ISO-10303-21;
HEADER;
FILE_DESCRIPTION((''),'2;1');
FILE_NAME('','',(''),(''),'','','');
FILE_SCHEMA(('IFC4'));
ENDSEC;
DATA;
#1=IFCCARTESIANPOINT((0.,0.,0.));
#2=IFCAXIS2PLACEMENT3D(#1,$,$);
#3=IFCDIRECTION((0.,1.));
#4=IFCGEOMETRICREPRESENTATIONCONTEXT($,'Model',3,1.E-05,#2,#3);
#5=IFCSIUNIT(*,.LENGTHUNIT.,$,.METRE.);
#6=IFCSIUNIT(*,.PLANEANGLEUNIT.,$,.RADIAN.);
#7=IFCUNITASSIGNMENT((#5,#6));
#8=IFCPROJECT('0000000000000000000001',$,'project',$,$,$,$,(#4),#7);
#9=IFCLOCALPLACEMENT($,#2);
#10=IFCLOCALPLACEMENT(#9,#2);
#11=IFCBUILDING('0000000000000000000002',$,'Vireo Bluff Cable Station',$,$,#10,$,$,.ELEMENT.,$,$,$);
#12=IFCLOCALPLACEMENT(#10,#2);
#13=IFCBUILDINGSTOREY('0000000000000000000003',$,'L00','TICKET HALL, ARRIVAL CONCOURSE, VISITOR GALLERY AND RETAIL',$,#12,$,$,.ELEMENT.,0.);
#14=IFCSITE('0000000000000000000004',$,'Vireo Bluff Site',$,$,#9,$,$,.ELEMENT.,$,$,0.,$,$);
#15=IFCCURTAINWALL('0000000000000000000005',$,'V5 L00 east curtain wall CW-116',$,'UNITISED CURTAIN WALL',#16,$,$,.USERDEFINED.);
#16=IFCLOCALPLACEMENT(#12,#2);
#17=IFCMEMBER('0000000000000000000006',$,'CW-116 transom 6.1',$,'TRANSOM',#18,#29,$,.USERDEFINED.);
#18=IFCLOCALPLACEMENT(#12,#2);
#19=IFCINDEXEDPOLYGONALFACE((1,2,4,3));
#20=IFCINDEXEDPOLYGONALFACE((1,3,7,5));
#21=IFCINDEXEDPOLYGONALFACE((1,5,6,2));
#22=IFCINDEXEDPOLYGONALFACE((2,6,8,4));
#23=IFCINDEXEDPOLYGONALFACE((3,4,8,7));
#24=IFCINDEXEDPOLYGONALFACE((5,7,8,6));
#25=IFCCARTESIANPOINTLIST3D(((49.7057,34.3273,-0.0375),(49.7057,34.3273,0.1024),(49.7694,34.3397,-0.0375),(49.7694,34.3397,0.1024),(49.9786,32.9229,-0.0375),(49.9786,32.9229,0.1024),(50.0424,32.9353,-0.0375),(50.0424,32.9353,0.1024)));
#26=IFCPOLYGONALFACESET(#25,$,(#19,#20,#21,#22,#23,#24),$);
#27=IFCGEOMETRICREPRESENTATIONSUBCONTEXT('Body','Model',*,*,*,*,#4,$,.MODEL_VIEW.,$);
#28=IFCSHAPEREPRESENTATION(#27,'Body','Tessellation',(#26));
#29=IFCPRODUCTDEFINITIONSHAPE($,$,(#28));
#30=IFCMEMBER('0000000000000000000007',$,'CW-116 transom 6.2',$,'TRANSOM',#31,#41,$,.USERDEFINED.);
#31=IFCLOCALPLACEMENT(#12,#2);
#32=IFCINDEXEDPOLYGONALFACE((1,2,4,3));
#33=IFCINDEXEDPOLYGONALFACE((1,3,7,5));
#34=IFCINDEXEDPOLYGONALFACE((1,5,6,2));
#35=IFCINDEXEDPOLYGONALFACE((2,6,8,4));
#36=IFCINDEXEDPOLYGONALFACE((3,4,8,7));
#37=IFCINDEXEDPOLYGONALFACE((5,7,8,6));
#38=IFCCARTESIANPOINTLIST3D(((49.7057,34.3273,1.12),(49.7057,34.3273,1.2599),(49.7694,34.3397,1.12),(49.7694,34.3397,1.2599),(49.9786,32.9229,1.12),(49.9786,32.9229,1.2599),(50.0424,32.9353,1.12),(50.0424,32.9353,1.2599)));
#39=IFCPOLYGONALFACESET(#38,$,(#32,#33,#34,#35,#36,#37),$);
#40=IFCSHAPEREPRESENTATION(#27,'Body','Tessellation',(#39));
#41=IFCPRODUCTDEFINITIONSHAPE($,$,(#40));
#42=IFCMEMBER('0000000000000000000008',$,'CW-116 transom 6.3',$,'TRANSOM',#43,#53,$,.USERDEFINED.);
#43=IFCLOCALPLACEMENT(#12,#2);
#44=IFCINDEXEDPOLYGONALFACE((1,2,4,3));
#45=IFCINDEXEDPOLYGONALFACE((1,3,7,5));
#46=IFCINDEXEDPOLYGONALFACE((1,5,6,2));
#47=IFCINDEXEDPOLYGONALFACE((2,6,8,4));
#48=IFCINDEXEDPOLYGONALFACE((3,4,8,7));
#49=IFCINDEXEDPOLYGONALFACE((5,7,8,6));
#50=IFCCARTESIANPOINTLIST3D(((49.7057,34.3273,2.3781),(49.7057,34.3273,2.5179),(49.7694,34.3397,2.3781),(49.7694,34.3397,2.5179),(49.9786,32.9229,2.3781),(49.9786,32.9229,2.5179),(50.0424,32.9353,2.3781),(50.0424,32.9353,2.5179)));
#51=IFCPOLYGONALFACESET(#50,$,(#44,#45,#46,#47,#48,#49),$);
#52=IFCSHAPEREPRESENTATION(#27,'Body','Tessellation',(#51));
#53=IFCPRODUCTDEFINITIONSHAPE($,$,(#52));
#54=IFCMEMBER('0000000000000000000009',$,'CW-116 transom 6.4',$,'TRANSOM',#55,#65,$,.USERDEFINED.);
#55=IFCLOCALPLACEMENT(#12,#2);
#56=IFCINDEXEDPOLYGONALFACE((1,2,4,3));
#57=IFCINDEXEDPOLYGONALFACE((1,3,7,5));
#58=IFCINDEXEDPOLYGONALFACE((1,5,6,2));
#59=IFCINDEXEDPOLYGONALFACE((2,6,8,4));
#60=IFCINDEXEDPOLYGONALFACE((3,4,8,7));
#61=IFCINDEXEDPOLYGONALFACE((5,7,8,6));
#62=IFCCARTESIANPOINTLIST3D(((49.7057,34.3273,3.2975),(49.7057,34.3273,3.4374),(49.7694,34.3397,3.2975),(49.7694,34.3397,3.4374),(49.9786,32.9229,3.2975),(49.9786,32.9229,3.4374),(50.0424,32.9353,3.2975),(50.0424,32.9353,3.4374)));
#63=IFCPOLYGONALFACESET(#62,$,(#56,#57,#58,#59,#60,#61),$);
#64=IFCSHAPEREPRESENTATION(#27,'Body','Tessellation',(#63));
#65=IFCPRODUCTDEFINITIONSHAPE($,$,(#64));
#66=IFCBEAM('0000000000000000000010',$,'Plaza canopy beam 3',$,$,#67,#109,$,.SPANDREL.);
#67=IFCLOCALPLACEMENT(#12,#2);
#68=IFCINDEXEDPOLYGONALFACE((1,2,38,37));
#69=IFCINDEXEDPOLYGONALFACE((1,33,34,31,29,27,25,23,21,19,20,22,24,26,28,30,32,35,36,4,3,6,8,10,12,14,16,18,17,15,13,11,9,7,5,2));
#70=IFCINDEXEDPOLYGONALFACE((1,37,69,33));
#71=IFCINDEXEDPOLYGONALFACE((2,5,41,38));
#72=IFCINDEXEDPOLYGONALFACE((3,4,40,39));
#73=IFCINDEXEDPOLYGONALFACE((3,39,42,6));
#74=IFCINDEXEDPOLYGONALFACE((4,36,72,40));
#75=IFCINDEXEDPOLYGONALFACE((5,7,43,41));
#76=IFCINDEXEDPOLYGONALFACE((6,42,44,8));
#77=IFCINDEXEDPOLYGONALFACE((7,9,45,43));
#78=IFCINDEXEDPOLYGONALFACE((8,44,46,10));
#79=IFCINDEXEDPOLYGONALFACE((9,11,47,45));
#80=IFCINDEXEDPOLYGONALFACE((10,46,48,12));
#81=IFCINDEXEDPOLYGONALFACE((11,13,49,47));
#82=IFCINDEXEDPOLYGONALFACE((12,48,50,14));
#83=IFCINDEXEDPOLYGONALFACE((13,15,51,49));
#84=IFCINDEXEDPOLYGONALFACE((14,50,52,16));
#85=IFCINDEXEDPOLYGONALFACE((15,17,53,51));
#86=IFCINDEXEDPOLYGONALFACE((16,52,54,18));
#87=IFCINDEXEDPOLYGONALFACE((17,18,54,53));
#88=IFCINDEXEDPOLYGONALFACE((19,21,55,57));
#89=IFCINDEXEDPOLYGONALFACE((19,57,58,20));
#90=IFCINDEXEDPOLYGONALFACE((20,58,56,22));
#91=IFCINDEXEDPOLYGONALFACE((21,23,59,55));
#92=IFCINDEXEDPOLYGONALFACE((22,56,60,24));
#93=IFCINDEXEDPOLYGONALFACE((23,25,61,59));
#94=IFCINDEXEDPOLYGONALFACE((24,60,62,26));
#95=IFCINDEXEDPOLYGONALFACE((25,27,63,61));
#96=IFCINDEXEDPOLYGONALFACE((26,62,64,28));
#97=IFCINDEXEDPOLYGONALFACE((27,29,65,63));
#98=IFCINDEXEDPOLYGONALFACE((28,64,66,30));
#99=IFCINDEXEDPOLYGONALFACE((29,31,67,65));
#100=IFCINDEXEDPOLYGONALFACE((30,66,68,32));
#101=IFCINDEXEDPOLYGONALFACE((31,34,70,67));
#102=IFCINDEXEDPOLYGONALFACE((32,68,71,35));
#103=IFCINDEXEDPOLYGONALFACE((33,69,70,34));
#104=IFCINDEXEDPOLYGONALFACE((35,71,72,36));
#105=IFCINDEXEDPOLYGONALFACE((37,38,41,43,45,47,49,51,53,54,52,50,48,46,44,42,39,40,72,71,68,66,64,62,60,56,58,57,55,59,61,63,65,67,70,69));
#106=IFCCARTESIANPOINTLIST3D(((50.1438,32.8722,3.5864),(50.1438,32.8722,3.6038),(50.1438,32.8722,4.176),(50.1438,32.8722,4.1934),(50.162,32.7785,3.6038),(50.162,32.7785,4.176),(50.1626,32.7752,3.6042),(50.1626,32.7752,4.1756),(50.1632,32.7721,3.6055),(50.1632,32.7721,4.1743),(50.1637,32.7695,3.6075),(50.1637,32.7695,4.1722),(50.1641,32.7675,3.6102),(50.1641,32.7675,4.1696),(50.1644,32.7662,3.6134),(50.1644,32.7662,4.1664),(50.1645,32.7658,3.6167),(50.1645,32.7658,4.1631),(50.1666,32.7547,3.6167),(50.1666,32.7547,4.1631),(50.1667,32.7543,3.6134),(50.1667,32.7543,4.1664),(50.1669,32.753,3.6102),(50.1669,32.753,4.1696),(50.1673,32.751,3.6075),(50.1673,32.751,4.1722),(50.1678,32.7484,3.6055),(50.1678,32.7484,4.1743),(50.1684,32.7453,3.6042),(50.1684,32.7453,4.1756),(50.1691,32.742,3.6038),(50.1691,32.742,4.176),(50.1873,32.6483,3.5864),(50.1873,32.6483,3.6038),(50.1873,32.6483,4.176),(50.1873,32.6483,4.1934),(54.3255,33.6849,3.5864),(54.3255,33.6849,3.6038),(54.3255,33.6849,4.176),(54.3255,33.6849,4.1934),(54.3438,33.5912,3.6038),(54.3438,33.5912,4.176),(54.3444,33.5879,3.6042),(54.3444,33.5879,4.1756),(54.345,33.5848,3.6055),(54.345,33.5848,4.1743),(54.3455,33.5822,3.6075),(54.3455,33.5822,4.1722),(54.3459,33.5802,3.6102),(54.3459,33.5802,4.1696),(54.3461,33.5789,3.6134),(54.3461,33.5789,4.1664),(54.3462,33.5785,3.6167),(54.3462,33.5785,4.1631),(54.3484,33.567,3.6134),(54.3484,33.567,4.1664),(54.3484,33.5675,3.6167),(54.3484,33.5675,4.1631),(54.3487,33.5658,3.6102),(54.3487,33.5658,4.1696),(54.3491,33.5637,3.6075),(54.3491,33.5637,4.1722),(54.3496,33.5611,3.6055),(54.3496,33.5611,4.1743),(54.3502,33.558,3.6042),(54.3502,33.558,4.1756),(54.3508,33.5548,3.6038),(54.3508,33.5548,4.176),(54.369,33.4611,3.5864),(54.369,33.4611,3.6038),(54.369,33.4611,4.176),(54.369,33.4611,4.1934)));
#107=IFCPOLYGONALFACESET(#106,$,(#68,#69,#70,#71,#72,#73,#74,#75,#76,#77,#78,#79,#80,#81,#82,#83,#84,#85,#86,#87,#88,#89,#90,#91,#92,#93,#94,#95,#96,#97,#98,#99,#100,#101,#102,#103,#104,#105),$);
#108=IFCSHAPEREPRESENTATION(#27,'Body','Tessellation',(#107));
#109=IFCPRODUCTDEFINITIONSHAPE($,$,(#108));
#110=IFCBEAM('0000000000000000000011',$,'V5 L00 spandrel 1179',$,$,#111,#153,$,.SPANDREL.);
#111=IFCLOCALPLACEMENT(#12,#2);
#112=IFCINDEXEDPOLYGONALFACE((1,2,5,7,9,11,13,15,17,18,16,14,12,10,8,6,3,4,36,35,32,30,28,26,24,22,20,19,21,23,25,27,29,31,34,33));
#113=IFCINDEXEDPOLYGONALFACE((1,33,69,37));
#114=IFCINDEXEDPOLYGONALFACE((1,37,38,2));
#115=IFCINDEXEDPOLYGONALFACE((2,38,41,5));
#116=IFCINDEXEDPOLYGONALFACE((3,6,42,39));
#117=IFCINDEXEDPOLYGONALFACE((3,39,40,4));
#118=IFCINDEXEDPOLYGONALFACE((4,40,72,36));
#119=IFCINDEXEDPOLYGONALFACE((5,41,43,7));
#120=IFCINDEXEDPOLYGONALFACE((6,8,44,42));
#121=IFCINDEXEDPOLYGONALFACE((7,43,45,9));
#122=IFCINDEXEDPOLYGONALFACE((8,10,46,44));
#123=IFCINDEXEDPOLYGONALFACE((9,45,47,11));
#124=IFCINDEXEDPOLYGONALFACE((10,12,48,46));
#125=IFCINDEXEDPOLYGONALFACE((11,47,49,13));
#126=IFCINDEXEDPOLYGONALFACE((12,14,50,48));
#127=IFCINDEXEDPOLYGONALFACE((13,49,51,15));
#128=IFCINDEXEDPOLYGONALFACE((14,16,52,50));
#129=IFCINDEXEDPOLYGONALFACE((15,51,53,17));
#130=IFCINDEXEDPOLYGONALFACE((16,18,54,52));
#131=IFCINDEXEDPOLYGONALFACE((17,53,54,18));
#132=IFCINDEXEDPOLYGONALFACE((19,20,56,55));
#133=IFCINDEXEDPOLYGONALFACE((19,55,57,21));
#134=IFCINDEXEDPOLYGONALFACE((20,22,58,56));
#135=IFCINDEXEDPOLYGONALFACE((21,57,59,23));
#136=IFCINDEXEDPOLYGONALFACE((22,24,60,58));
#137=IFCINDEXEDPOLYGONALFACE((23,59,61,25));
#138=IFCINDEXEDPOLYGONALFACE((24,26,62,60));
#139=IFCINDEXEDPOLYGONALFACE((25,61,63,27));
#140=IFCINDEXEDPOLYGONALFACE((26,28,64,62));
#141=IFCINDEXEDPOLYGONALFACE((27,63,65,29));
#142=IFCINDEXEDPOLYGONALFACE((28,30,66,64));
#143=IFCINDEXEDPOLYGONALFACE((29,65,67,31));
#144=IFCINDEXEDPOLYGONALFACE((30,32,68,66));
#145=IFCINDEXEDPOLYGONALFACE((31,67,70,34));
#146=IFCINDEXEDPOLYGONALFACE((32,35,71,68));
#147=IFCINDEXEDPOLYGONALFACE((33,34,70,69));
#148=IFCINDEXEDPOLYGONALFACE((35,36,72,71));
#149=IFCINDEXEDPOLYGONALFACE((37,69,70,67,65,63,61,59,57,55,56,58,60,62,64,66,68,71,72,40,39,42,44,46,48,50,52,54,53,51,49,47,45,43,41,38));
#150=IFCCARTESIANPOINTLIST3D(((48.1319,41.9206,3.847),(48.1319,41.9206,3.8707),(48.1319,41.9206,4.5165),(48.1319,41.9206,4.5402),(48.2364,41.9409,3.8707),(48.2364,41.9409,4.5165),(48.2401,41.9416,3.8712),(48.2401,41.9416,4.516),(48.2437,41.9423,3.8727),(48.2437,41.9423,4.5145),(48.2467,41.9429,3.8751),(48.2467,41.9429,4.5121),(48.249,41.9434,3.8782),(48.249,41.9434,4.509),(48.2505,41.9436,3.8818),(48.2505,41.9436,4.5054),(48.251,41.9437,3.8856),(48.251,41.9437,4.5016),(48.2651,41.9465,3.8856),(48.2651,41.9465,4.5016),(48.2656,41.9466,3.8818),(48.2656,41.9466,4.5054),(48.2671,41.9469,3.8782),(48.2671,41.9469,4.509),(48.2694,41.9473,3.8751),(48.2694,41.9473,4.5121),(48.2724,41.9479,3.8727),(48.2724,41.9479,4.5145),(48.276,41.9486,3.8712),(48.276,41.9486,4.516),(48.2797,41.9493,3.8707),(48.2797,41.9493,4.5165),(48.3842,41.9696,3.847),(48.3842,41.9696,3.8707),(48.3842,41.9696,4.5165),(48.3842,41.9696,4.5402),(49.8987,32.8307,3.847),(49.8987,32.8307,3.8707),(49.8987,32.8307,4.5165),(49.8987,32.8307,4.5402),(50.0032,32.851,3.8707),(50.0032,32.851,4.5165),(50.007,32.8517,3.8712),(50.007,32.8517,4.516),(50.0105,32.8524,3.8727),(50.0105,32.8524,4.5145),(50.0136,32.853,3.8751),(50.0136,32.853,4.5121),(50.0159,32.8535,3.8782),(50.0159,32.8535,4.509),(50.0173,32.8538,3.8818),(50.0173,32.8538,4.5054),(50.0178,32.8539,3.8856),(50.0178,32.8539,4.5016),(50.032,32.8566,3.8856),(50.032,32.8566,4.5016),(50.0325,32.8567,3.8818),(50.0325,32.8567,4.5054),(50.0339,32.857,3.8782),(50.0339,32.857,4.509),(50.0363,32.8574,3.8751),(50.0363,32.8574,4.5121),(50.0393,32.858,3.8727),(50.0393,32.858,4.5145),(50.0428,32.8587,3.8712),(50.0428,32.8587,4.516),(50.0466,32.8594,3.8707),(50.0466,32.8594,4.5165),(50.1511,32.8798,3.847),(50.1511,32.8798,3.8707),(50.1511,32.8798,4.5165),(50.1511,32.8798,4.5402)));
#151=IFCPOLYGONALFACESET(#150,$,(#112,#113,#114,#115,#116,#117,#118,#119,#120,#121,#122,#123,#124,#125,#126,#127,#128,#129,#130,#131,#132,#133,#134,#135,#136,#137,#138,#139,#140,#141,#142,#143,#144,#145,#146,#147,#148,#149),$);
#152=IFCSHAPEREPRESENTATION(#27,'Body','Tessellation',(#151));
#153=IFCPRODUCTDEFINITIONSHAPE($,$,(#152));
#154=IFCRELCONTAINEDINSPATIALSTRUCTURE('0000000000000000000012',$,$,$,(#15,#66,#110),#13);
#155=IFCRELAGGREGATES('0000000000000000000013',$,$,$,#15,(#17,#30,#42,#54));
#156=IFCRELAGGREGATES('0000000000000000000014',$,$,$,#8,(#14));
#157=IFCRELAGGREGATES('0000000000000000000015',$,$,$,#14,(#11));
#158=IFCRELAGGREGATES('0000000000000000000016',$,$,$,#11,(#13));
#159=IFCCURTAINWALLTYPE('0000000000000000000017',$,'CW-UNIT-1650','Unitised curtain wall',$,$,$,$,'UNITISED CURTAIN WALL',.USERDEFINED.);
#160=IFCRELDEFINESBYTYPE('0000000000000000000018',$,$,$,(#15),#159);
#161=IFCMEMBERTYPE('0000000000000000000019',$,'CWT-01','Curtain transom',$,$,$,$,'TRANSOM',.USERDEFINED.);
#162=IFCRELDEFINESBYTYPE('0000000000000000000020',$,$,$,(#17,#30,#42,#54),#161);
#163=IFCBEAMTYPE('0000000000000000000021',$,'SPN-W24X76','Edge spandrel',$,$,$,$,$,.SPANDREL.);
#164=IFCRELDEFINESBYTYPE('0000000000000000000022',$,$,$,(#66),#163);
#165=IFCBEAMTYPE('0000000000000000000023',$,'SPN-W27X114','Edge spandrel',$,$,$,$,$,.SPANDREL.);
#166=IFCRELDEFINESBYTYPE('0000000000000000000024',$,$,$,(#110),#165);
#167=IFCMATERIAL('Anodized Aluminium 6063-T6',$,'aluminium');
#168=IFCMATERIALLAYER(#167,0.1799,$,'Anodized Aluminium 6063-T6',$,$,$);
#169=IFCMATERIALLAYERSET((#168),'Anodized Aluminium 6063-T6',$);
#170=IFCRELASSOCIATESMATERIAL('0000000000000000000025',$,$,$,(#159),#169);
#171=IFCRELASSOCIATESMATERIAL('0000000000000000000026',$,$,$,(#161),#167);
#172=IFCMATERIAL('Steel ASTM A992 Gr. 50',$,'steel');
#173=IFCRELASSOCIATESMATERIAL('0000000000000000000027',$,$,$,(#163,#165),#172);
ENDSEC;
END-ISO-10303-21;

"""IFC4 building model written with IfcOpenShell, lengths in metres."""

from ifc_helpers import new_model, si_unit, direction, frame, origin, origin_2d, place, context, subcontext, project, spatial, rectangle, i_section, extrude, material, layer, layer_set, material_profile, profile_set, type_object, element, aggregate, save


model = new_model("IFC4")

# Units and contexts
model_context = context("Model", 3, precision=1e-05, world=origin(), true_north=direction((0.0, 1.0)))
body_context = subcontext(model_context, "Body", "Model", "MODEL_VIEW")
ifc_project = project(units=[si_unit("LENGTHUNIT", "METRE"), si_unit("PLANEANGLEUNIT", "RADIAN")], contexts=[model_context])

# Site, building, storey
site_placement = place(None, origin())
site = spatial("IfcSite", under=ifc_project, at=site_placement, Name="Vireo Bluff Site", CompositionType="ELEMENT", RefElevation=0.0)
building_placement = place(site_placement, origin())
building = spatial("IfcBuilding", under=site, at=building_placement, Name="Vireo Bluff Cable Station", CompositionType="ELEMENT")
storey_placement = place(building_placement, origin())
storey = spatial("IfcBuildingStorey", under=building, at=storey_placement, Name="L00", Description="TICKET HALL, ARRIVAL CONCOURSE, VISITOR GALLERY AND RETAIL", CompositionType="ELEMENT", Elevation=0.0)

# Shared definitions
ifc_material_1 = material(Name="Steel ASTM A992 Gr. 50", Category="steel")

# Curtain wall, members
ifc_material_2 = material(Name="Anodized Aluminium 6063-T6", Category="aluminium")
ifc_layer_1 = layer(ifc_material_2, 0.1799, Name="Anodized Aluminium 6063-T6")
ifc_layer_set_1 = layer_set([ifc_layer_1], Name="Anodized Aluminium 6063-T6")
curtain_wall_type = type_object("IfcCurtainWallType", Name="CW-UNIT-1650", Description="Unitised curtain wall", ElementType="UNITISED CURTAIN WALL", PredefinedType="USERDEFINED", material=ifc_layer_set_1)
curtain_wall_placement = place(storey_placement, origin())
curtain_wall = element("IfcCurtainWall", 1, at=curtain_wall_placement, inside=storey, type_object=curtain_wall_type, Name="V5 L00 east curtain wall CW-116", ObjectType="UNITISED CURTAIN WALL", PredefinedType="USERDEFINED")
ifc_material_profile_1 = material_profile(ifc_material_2, rectangle(XDim=0.0649, YDim=0.1399, at=origin_2d()), Name="ALU-T-65X140")
ifc_profile_set_1 = profile_set([ifc_material_profile_1], Name="Anodized Aluminium 6063-T6")
member_type_1 = type_object("IfcMemberType", Name="CWT-01", Description="Curtain transom", ElementType="TRANSOM", PredefinedType="USERDEFINED", material=ifc_profile_set_1)
member_1_placement = place(storey_placement, frame((49.7375, 34.3335, 0.0325), z_axis=(0.190797, -0.98163, 0.0), x_axis=(0.98163, 0.190797, 0.0)))
member_1 = element("IfcMember", 2, at=member_1_placement, type_object=member_type_1, Name="CW-116 transom 6.1", ObjectType="TRANSOM", PredefinedType="USERDEFINED", context=body_context, shape_type="SweptSolid", body=[
    extrude(rectangle(XDim=0.0649, YDim=0.1399, at=origin_2d()), origin(), (0.0, 0.0, 1.0), 1.4307),
])
member_2_placement = place(storey_placement, frame((49.7375, 34.3335, 1.1899), z_axis=(0.190797, -0.98163, 0.0), x_axis=(0.98163, 0.190797, 0.0)))
member_2 = element("IfcMember", 3, at=member_2_placement, type_object=member_type_1, Name="CW-116 transom 6.2", ObjectType="TRANSOM", PredefinedType="USERDEFINED", context=body_context, shape_type="SweptSolid", body=[
    extrude(rectangle(XDim=0.0649, YDim=0.1399, at=origin_2d()), origin(), (0.0, 0.0, 1.0), 1.4307),
])
member_3_placement = place(storey_placement, frame((49.7375, 34.3335, 2.448), z_axis=(0.190797, -0.98163, 0.0), x_axis=(0.98163, 0.190797, 0.0)))
member_3 = element("IfcMember", 4, at=member_3_placement, type_object=member_type_1, Name="CW-116 transom 6.3", ObjectType="TRANSOM", PredefinedType="USERDEFINED", context=body_context, shape_type="SweptSolid", body=[
    extrude(rectangle(XDim=0.0649, YDim=0.1399, at=origin_2d()), origin(), (0.0, 0.0, 1.0), 1.4307),
])
member_4_placement = place(storey_placement, frame((49.7375, 34.3335, 3.3674), z_axis=(0.190797, -0.98163, 0.0), x_axis=(0.98163, 0.190797, 0.0)))
member_4 = element("IfcMember", 5, at=member_4_placement, type_object=member_type_1, Name="CW-116 transom 6.4", ObjectType="TRANSOM", PredefinedType="USERDEFINED", context=body_context, shape_type="SweptSolid", body=[
    extrude(rectangle(XDim=0.0649, YDim=0.1399, at=origin_2d()), origin(), (0.0, 0.0, 1.0), 1.4307),
])

# Beams
ifc_material_profile_2 = material_profile(ifc_material_1, i_section(OverallWidth=0.228, OverallDepth=0.6069, WebThickness=0.0112, FlangeThickness=0.0173, FilletRadius=0.0129, at=origin_2d()), Name="W24X76")
ifc_profile_set_2 = profile_set([ifc_material_profile_2], Name="Steel ASTM A992 Gr. 50")
beam_type_1 = type_object("IfcBeamType", Name="SPN-W24X76", Description="Edge spandrel", PredefinedType="SPANDREL", material=ifc_profile_set_2)
beam_1_placement = place(storey_placement, frame((50.1655, 32.7603, 3.8899), z_axis=(0.981633, 0.190779, 0.0), x_axis=(-0.190779, 0.981633, 0.0)))
element("IfcBeam", 6, at=beam_1_placement, inside=storey, type_object=beam_type_1, Name="Plaza canopy beam 3", PredefinedType="SPANDREL", context=body_context, shape_type="SweptSolid", body=[
    extrude(i_section(OverallWidth=0.228, OverallDepth=0.6069, WebThickness=0.0112, FlangeThickness=0.0173, FilletRadius=0.0129, at=origin_2d()), origin(), (0.0, 0.0, 1.0), 4.26),
])
ifc_material_profile_3 = material_profile(ifc_material_1, i_section(OverallWidth=0.2571, OverallDepth=0.6931, WebThickness=0.0144, FlangeThickness=0.0237, FilletRadius=0.0149, at=origin_2d()), Name="W27X114")
ifc_profile_set_3 = profile_set([ifc_material_profile_3], Name="Steel ASTM A992 Gr. 50")
beam_type_2 = type_object("IfcBeamType", Name="SPN-W27X114", Description="Edge spandrel", PredefinedType="SPANDREL", material=ifc_profile_set_3)
beam_2_placement = place(storey_placement, frame((50.0249, 32.8552, 4.1936), z_axis=(-0.190805, 0.981628, 0.0), x_axis=(-0.981628, -0.190805, 0.0)))
element("IfcBeam", 7, at=beam_2_placement, inside=storey, type_object=beam_type_2, Name="V5 L00 spandrel 1179", PredefinedType="SPANDREL", context=body_context, shape_type="SweptSolid", body=[
    extrude(i_section(OverallWidth=0.2571, OverallDepth=0.6931, WebThickness=0.0144, FlangeThickness=0.0237, FilletRadius=0.0149, at=origin_2d()), origin(), (0.0, 0.0, 1.0), 9.26),
])

aggregate(curtain_wall, [member_1, member_2, member_3, member_4])

save(model, "model.ifc")
